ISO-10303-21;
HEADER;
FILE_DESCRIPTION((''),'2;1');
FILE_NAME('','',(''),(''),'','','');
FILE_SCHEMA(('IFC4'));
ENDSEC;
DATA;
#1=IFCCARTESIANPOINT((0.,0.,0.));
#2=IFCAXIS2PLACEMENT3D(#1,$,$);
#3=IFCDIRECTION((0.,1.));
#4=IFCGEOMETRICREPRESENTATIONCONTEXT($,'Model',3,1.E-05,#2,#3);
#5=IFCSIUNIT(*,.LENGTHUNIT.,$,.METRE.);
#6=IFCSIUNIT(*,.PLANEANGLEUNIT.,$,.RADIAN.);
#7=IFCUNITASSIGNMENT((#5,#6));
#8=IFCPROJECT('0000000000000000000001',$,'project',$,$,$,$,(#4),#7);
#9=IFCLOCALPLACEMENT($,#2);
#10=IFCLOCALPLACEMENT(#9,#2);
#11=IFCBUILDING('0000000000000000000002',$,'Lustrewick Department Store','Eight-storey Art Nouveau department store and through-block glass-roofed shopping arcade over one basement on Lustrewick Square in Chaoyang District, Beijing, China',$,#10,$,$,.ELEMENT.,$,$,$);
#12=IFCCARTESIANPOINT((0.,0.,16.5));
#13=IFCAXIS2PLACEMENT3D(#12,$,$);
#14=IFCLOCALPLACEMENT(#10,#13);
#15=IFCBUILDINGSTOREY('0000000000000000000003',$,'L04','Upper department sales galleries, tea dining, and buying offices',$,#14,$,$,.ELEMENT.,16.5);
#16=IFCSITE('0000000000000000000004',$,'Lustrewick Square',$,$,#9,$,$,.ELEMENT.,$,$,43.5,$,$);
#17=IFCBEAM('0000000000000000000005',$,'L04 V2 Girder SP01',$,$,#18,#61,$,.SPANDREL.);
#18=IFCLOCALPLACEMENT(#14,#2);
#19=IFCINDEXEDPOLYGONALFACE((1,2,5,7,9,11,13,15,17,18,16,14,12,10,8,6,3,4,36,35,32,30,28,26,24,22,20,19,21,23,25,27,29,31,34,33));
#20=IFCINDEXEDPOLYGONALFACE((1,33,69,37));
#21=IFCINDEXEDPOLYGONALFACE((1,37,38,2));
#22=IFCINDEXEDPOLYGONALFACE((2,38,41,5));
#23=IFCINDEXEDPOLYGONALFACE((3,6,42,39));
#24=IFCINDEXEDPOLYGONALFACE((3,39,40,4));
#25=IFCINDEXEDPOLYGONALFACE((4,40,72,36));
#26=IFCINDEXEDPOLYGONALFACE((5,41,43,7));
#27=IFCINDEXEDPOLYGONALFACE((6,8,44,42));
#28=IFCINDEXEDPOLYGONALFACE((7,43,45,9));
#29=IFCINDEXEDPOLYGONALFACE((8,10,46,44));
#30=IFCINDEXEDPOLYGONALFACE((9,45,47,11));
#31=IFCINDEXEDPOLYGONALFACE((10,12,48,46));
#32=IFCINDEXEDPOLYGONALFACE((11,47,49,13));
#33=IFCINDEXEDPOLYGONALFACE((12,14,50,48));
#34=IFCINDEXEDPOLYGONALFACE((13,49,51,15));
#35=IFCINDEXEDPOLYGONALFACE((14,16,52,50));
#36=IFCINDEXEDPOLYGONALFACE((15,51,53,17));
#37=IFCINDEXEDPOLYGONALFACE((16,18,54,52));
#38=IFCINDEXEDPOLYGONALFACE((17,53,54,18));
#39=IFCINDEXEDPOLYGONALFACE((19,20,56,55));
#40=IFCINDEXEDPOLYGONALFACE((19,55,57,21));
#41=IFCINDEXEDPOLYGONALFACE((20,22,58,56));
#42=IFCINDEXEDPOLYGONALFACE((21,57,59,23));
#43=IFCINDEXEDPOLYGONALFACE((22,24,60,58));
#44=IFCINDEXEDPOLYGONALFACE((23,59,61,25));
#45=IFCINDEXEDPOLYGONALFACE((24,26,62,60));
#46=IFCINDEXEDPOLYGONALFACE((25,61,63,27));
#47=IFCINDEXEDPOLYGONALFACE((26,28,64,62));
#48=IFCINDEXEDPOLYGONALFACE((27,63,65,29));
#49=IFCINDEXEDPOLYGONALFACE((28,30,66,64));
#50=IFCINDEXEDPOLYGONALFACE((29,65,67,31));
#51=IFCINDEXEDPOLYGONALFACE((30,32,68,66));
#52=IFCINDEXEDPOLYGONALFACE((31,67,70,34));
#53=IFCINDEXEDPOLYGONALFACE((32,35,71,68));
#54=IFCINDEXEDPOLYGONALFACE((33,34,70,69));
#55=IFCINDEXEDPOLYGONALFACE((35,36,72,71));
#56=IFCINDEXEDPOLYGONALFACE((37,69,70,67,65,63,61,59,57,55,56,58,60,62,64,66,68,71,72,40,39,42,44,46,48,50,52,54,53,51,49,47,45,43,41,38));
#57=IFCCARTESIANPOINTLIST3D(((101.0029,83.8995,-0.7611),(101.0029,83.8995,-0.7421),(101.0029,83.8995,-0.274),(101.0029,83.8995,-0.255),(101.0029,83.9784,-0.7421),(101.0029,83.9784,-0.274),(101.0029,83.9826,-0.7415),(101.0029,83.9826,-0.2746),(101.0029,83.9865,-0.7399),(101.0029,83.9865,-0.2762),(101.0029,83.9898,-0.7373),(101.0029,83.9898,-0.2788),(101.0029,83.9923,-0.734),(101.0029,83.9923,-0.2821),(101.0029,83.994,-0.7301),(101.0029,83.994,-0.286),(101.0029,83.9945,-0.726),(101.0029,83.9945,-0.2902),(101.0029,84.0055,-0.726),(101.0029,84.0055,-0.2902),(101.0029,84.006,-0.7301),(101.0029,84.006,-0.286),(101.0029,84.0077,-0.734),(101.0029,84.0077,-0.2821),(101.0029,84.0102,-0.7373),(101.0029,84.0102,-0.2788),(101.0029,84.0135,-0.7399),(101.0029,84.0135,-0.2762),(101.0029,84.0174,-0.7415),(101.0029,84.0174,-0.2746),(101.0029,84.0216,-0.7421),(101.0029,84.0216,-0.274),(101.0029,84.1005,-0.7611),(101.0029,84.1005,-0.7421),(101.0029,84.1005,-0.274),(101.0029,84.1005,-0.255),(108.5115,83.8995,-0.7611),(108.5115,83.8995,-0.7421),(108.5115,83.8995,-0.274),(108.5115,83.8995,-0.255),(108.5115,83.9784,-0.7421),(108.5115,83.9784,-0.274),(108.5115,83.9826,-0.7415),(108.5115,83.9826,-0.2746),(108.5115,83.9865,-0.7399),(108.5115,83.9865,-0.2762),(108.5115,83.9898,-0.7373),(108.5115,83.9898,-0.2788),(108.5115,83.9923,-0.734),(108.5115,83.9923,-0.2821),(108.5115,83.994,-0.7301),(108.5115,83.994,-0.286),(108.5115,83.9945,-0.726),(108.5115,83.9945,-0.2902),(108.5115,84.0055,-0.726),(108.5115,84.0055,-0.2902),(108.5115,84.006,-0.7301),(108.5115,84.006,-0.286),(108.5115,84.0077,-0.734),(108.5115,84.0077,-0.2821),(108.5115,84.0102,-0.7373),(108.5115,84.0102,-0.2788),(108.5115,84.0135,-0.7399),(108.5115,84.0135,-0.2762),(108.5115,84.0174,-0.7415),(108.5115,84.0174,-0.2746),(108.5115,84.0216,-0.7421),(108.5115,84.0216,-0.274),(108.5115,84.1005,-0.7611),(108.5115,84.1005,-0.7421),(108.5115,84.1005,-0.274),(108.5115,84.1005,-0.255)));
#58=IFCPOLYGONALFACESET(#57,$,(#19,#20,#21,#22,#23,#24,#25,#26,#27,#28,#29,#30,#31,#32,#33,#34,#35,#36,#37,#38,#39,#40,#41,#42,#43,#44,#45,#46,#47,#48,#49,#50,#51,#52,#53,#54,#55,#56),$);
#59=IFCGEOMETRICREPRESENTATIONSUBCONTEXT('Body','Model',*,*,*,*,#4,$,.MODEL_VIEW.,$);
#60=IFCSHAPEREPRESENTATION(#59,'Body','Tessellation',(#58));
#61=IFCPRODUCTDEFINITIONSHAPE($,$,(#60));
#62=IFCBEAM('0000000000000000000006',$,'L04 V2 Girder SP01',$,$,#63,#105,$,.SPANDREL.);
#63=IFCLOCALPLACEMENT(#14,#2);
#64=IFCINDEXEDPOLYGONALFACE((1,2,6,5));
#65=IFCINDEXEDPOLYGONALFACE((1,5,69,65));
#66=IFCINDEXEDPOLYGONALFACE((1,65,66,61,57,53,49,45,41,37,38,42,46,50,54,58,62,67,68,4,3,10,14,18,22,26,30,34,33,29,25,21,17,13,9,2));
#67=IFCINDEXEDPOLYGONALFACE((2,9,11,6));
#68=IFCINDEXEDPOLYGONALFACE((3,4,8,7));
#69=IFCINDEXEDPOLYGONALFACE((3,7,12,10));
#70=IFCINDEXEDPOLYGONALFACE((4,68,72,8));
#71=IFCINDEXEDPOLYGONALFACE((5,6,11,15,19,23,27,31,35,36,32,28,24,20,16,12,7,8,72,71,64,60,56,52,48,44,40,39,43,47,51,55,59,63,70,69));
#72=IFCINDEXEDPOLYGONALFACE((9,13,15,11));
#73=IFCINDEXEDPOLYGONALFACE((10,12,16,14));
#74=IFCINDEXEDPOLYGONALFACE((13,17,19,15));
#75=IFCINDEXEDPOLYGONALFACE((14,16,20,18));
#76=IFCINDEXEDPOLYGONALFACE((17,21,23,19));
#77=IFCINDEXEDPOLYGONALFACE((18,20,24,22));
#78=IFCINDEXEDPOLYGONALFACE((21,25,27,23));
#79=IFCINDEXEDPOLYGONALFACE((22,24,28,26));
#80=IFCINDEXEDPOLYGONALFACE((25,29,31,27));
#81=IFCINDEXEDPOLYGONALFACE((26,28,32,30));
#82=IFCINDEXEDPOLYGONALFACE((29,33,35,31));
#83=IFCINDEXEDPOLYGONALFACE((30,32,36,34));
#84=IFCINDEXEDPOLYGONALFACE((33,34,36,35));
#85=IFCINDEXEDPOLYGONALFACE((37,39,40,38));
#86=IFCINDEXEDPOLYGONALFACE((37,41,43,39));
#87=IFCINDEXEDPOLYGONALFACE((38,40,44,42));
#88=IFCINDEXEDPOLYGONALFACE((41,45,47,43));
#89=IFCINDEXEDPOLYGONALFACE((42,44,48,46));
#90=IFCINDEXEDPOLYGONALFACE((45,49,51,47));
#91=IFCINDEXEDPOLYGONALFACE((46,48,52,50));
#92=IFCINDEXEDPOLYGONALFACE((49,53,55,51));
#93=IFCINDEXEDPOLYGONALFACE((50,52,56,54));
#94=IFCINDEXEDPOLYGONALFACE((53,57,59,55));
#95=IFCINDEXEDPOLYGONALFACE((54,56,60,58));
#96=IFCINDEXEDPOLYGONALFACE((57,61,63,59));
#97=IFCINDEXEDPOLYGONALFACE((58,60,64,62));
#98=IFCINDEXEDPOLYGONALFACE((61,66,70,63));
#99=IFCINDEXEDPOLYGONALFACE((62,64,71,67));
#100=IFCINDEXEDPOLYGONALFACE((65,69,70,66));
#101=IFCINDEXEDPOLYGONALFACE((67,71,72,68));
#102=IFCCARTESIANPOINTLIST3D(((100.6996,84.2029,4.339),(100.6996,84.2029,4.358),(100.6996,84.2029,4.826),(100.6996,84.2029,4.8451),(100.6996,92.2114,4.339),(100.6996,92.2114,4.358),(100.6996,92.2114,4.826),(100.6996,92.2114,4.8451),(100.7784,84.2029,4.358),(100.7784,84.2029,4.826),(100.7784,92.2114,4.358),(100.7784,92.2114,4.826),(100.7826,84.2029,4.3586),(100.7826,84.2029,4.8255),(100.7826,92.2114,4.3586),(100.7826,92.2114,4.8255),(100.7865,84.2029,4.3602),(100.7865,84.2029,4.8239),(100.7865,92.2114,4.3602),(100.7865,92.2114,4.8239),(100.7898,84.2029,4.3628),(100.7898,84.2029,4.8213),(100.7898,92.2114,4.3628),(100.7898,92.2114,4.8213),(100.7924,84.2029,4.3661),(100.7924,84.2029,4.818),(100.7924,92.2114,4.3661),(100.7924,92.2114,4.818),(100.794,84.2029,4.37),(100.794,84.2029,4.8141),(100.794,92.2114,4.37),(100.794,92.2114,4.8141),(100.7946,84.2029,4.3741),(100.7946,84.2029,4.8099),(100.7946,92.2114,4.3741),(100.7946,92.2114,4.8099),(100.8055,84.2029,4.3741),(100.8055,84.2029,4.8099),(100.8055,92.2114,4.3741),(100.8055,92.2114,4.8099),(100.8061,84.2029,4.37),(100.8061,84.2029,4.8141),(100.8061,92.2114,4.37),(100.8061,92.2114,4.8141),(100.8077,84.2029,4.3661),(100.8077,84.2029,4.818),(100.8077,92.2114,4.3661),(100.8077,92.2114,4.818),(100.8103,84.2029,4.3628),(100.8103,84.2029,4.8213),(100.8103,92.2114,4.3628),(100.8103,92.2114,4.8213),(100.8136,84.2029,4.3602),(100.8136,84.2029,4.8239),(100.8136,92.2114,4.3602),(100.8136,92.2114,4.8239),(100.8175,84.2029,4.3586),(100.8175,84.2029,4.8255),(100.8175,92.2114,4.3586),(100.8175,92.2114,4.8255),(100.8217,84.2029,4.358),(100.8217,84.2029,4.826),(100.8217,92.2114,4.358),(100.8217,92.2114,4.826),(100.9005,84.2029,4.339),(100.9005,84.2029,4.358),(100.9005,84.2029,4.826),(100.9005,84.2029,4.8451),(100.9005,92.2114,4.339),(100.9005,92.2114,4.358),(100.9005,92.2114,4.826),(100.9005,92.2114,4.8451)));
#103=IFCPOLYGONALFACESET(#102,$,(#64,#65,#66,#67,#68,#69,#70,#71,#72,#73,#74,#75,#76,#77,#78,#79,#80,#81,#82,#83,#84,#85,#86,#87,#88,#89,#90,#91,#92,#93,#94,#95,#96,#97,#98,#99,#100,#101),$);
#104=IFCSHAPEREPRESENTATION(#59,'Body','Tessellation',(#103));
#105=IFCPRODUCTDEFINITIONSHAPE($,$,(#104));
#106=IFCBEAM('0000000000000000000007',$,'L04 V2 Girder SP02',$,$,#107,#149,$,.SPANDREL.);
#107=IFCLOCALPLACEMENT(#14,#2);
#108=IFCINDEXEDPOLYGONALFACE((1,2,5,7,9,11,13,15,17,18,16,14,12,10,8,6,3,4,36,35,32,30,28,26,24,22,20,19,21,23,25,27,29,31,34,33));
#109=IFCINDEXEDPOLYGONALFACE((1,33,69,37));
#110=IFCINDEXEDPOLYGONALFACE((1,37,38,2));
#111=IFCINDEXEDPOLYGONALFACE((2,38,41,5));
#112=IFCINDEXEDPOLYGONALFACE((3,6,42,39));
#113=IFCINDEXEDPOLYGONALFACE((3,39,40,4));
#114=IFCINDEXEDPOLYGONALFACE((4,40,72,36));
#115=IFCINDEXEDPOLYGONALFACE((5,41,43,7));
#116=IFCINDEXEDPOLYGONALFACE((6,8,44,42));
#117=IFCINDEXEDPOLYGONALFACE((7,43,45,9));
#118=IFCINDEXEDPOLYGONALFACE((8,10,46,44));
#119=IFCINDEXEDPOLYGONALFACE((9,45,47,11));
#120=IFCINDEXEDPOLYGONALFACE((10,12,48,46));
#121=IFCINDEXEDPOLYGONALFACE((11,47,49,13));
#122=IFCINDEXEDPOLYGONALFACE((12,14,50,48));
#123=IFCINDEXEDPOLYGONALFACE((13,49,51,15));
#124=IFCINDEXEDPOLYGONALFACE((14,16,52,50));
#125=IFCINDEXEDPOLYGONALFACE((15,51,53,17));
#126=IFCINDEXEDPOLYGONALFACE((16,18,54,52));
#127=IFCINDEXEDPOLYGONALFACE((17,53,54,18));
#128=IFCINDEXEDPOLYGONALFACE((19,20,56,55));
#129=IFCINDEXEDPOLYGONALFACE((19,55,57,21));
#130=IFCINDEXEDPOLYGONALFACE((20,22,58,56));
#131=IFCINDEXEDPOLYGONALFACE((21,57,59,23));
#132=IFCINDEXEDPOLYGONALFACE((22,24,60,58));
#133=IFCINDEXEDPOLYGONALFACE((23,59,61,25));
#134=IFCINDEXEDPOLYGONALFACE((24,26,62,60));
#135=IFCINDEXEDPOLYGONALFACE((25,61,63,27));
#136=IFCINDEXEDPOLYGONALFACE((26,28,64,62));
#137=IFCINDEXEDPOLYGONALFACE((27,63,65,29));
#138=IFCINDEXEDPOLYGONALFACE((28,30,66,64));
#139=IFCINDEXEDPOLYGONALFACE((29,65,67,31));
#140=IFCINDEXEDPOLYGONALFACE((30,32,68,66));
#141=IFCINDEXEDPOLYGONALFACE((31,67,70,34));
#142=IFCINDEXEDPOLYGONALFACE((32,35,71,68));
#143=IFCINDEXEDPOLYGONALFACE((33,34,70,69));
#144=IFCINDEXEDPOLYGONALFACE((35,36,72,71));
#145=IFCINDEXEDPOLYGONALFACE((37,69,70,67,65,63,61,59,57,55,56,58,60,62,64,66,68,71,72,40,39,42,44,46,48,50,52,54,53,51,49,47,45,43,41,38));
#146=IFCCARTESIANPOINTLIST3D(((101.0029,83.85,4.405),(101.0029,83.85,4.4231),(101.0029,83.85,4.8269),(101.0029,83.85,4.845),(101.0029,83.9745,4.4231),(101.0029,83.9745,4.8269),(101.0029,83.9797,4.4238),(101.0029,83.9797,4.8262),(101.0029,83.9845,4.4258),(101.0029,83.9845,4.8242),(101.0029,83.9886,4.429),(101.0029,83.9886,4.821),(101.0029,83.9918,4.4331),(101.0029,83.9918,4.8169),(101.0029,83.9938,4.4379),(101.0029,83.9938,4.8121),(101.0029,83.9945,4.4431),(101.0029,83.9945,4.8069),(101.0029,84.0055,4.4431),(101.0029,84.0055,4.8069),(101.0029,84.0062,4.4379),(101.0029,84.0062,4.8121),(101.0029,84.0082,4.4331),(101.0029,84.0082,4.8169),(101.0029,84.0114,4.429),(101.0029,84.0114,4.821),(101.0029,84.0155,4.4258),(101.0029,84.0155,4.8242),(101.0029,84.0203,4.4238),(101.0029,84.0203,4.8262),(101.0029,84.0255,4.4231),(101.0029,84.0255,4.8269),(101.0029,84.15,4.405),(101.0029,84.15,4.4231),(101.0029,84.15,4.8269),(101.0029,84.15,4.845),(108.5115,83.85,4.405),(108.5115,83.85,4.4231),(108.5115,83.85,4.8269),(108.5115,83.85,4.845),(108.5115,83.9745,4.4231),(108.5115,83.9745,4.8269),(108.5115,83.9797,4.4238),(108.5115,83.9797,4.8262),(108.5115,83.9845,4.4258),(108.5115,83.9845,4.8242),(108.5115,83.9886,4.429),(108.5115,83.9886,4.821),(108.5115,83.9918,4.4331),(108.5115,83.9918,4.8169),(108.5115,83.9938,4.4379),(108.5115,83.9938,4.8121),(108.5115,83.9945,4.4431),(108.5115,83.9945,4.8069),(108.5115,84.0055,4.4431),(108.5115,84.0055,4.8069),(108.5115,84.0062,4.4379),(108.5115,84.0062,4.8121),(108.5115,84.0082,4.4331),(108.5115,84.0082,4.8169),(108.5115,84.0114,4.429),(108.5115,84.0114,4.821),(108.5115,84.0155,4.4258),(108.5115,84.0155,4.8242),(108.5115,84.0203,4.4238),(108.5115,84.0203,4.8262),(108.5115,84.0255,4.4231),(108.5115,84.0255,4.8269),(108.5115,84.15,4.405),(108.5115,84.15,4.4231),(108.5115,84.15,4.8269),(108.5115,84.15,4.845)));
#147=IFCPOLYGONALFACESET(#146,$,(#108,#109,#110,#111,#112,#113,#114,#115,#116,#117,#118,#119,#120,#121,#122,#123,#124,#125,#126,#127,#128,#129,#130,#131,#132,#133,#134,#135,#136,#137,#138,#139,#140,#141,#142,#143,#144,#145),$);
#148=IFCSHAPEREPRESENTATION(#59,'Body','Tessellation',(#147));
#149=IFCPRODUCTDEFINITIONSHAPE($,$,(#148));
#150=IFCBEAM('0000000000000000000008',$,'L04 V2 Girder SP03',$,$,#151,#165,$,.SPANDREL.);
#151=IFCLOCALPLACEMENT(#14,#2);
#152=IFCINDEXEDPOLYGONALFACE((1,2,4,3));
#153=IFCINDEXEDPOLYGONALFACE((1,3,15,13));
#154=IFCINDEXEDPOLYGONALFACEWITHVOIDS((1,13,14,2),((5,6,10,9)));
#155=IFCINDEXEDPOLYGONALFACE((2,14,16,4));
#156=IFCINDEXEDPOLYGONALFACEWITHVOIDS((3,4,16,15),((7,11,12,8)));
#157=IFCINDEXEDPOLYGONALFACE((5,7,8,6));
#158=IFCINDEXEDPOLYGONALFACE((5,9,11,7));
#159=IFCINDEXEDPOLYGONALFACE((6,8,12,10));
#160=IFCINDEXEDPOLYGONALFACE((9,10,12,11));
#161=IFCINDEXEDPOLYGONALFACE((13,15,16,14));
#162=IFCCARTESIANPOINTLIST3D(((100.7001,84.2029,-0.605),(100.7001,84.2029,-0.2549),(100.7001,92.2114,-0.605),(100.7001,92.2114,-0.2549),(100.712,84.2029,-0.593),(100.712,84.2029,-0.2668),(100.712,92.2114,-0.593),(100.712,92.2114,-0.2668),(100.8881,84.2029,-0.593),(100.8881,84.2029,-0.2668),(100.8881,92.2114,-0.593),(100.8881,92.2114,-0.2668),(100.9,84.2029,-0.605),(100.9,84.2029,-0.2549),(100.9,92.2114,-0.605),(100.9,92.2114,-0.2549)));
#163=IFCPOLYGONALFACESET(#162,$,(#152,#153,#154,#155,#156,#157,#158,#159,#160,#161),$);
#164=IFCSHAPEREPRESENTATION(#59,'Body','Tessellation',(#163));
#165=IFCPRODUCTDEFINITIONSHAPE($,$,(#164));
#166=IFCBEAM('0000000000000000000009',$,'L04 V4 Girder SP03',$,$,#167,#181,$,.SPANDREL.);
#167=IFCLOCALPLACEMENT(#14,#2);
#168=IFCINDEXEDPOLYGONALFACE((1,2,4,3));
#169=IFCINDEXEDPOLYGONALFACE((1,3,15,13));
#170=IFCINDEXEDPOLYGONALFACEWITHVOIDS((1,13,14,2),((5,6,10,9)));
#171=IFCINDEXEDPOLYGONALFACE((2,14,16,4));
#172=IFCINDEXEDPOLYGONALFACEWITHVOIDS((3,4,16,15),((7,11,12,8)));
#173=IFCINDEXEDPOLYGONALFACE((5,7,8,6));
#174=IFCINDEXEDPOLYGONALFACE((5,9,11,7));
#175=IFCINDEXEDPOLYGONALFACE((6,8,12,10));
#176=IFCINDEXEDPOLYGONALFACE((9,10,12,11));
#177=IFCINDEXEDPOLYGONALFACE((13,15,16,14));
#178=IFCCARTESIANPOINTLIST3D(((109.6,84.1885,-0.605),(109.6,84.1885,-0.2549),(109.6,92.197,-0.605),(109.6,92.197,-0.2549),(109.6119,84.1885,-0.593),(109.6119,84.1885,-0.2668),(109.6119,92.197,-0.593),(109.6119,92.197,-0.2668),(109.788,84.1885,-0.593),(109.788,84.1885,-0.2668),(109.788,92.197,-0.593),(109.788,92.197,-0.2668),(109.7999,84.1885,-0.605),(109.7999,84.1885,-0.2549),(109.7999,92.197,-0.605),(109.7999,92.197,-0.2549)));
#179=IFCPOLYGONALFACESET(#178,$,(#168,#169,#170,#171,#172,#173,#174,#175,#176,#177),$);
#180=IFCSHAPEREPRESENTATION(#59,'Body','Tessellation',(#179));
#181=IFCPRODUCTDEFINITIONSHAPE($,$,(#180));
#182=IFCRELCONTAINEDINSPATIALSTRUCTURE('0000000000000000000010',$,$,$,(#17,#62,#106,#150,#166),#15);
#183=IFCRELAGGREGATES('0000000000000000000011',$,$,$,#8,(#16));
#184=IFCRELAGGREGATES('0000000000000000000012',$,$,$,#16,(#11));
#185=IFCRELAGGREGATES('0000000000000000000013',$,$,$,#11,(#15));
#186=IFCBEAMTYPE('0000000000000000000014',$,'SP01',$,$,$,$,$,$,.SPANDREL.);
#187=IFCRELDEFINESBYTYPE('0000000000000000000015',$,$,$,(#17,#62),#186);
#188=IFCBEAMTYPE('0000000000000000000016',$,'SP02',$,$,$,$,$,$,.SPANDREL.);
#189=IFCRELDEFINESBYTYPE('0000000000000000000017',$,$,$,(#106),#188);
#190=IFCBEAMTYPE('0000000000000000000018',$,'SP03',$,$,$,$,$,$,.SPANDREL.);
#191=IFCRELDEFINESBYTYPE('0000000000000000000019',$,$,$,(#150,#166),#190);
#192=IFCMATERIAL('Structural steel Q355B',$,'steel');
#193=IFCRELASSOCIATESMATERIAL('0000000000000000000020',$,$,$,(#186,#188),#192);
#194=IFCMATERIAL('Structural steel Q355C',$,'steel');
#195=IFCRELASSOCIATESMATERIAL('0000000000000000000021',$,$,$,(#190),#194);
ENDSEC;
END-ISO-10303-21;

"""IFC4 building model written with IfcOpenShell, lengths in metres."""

from ifc_helpers import new_model, si_unit, direction, frame, origin, origin_2d, place, context, subcontext, project, spatial, hollow_rectangle, i_section, extrude, material, material_profile, profile_set, type_object, element, save


model = new_model("IFC4")

# Units and contexts
model_context = context("Model", 3, precision=1e-05, world=origin(), true_north=direction((0.0, 1.0)))
body_context = subcontext(model_context, "Body", "Model", "MODEL_VIEW")
ifc_project = project(units=[si_unit("LENGTHUNIT", "METRE"), si_unit("PLANEANGLEUNIT", "RADIAN")], contexts=[model_context])

# Site, building, storey
site_placement = place(None, origin())
site = spatial("IfcSite", under=ifc_project, at=site_placement, Name="Lustrewick Square", CompositionType="ELEMENT", RefElevation=43.5)
building_placement = place(site_placement, origin())
building = spatial("IfcBuilding", under=site, at=building_placement, Name="Lustrewick Department Store", Description="Eight-storey Art Nouveau department store and through-block glass-roofed shopping arcade over one basement on Lustrewick Square in Chaoyang District, Beijing, China", CompositionType="ELEMENT")
storey_placement = place(building_placement, frame((0.0, 0.0, 16.5)))
storey = spatial("IfcBuildingStorey", under=building, at=storey_placement, Name="L04", Description="Upper department sales galleries, tea dining, and buying offices", CompositionType="ELEMENT", Elevation=16.5)

# Shared definitions
ifc_material_1 = material(Name="Structural steel Q355C", Category="steel")
ifc_material_2 = material(Name="Structural steel Q355B", Category="steel")

# Beams
ifc_material_profile_1 = material_profile(ifc_material_2, i_section(OverallWidth=0.2009, OverallDepth=0.5061, WebThickness=0.011, FlangeThickness=0.019, FilletRadius=0.0161, at=origin_2d()), Name="HN 506x201x11x19")
ifc_profile_set_1 = profile_set([ifc_material_profile_1], Name="Structural steel Q355B")
beam_type_1 = type_object("IfcBeamType", Name="SP01", PredefinedType="SPANDREL", material=ifc_profile_set_1)
beam_1_placement = place(storey_placement, frame((101.0029, 84.0, -0.5081), z_axis=(1.0, 0.0, 0.0), x_axis=(0.0, 1.0, 0.0)))
element("IfcBeam", 1, at=beam_1_placement, inside=storey, type_object=beam_type_1, Name="L04 V2 Girder SP01", PredefinedType="SPANDREL", context=body_context, shape_type="SweptSolid", body=[
    extrude(i_section(OverallWidth=0.2009, OverallDepth=0.5061, WebThickness=0.011, FlangeThickness=0.019, FilletRadius=0.0161, at=origin_2d()), origin(), (0.0, 0.0, 1.0), 7.5085),
])
beam_2_placement = place(storey_placement, frame((100.8, 84.2029, 4.592), z_axis=(0.0, 1.0, 0.0), x_axis=(-1.0, 0.0, 0.0)))
element("IfcBeam", 2, at=beam_2_placement, inside=storey, type_object=beam_type_1, Name="L04 V2 Girder SP01", PredefinedType="SPANDREL", context=body_context, shape_type="SweptSolid", body=[
    extrude(i_section(OverallWidth=0.2009, OverallDepth=0.5061, WebThickness=0.011, FlangeThickness=0.019, FilletRadius=0.0161, at=origin_2d()), origin(), (0.0, 0.0, 1.0), 8.0085),
])
ifc_material_profile_2 = material_profile(ifc_material_2, i_section(OverallWidth=0.3, OverallDepth=0.4399, WebThickness=0.011, FlangeThickness=0.0181, FilletRadius=0.02, at=origin_2d()), Name="HM 440x300x11x18")
ifc_profile_set_2 = profile_set([ifc_material_profile_2], Name="Structural steel Q355B")
beam_type_2 = type_object("IfcBeamType", Name="SP02", PredefinedType="SPANDREL", material=ifc_profile_set_2)
beam_3_placement = place(storey_placement, frame((101.0029, 84.0, 4.625), z_axis=(1.0, 0.0, 0.0), x_axis=(0.0, 1.0, 0.0)))
element("IfcBeam", 3, at=beam_3_placement, inside=storey, type_object=beam_type_2, Name="L04 V2 Girder SP02", PredefinedType="SPANDREL", context=body_context, shape_type="SweptSolid", body=[
    extrude(i_section(OverallWidth=0.3, OverallDepth=0.4399, WebThickness=0.011, FlangeThickness=0.0181, FilletRadius=0.02, at=origin_2d()), origin(), (0.0, 0.0, 1.0), 7.5085),
])
ifc_material_profile_3 = material_profile(ifc_material_1, hollow_rectangle(XDim=0.2, YDim=0.3501, WallThickness=0.012, at=origin_2d()), Name="RHS 350x200x12")
ifc_profile_set_3 = profile_set([ifc_material_profile_3], Name="Structural steel Q355C")
beam_type_3 = type_object("IfcBeamType", Name="SP03", PredefinedType="SPANDREL", material=ifc_profile_set_3)
for number, where, z_axis, x_axis, name in (
    (4, (100.8, 84.2029, -0.4299), (0.0, 1.0, 0.0), (-1.0, 0.0, 0.0), "L04 V2 Girder SP03"),
    (5, (109.7, 84.1885, -0.4299), (0.0, 1.0, 0.0), (-1.0, 0.0, 0.0), "L04 V4 Girder SP03"),
):
    element("IfcBeam", number, at=place(storey_placement, frame(where, z_axis=z_axis, x_axis=x_axis)), inside=storey, type_object=beam_type_3, Name=name, PredefinedType="SPANDREL", context=body_context, shape_type="SweptSolid", body=[
        extrude(hollow_rectangle(XDim=0.2, YDim=0.3501, WallThickness=0.012, at=origin_2d()), origin(), (0.0, 0.0, 1.0), 8.0085),
    ])

save(model, "model.ifc")
